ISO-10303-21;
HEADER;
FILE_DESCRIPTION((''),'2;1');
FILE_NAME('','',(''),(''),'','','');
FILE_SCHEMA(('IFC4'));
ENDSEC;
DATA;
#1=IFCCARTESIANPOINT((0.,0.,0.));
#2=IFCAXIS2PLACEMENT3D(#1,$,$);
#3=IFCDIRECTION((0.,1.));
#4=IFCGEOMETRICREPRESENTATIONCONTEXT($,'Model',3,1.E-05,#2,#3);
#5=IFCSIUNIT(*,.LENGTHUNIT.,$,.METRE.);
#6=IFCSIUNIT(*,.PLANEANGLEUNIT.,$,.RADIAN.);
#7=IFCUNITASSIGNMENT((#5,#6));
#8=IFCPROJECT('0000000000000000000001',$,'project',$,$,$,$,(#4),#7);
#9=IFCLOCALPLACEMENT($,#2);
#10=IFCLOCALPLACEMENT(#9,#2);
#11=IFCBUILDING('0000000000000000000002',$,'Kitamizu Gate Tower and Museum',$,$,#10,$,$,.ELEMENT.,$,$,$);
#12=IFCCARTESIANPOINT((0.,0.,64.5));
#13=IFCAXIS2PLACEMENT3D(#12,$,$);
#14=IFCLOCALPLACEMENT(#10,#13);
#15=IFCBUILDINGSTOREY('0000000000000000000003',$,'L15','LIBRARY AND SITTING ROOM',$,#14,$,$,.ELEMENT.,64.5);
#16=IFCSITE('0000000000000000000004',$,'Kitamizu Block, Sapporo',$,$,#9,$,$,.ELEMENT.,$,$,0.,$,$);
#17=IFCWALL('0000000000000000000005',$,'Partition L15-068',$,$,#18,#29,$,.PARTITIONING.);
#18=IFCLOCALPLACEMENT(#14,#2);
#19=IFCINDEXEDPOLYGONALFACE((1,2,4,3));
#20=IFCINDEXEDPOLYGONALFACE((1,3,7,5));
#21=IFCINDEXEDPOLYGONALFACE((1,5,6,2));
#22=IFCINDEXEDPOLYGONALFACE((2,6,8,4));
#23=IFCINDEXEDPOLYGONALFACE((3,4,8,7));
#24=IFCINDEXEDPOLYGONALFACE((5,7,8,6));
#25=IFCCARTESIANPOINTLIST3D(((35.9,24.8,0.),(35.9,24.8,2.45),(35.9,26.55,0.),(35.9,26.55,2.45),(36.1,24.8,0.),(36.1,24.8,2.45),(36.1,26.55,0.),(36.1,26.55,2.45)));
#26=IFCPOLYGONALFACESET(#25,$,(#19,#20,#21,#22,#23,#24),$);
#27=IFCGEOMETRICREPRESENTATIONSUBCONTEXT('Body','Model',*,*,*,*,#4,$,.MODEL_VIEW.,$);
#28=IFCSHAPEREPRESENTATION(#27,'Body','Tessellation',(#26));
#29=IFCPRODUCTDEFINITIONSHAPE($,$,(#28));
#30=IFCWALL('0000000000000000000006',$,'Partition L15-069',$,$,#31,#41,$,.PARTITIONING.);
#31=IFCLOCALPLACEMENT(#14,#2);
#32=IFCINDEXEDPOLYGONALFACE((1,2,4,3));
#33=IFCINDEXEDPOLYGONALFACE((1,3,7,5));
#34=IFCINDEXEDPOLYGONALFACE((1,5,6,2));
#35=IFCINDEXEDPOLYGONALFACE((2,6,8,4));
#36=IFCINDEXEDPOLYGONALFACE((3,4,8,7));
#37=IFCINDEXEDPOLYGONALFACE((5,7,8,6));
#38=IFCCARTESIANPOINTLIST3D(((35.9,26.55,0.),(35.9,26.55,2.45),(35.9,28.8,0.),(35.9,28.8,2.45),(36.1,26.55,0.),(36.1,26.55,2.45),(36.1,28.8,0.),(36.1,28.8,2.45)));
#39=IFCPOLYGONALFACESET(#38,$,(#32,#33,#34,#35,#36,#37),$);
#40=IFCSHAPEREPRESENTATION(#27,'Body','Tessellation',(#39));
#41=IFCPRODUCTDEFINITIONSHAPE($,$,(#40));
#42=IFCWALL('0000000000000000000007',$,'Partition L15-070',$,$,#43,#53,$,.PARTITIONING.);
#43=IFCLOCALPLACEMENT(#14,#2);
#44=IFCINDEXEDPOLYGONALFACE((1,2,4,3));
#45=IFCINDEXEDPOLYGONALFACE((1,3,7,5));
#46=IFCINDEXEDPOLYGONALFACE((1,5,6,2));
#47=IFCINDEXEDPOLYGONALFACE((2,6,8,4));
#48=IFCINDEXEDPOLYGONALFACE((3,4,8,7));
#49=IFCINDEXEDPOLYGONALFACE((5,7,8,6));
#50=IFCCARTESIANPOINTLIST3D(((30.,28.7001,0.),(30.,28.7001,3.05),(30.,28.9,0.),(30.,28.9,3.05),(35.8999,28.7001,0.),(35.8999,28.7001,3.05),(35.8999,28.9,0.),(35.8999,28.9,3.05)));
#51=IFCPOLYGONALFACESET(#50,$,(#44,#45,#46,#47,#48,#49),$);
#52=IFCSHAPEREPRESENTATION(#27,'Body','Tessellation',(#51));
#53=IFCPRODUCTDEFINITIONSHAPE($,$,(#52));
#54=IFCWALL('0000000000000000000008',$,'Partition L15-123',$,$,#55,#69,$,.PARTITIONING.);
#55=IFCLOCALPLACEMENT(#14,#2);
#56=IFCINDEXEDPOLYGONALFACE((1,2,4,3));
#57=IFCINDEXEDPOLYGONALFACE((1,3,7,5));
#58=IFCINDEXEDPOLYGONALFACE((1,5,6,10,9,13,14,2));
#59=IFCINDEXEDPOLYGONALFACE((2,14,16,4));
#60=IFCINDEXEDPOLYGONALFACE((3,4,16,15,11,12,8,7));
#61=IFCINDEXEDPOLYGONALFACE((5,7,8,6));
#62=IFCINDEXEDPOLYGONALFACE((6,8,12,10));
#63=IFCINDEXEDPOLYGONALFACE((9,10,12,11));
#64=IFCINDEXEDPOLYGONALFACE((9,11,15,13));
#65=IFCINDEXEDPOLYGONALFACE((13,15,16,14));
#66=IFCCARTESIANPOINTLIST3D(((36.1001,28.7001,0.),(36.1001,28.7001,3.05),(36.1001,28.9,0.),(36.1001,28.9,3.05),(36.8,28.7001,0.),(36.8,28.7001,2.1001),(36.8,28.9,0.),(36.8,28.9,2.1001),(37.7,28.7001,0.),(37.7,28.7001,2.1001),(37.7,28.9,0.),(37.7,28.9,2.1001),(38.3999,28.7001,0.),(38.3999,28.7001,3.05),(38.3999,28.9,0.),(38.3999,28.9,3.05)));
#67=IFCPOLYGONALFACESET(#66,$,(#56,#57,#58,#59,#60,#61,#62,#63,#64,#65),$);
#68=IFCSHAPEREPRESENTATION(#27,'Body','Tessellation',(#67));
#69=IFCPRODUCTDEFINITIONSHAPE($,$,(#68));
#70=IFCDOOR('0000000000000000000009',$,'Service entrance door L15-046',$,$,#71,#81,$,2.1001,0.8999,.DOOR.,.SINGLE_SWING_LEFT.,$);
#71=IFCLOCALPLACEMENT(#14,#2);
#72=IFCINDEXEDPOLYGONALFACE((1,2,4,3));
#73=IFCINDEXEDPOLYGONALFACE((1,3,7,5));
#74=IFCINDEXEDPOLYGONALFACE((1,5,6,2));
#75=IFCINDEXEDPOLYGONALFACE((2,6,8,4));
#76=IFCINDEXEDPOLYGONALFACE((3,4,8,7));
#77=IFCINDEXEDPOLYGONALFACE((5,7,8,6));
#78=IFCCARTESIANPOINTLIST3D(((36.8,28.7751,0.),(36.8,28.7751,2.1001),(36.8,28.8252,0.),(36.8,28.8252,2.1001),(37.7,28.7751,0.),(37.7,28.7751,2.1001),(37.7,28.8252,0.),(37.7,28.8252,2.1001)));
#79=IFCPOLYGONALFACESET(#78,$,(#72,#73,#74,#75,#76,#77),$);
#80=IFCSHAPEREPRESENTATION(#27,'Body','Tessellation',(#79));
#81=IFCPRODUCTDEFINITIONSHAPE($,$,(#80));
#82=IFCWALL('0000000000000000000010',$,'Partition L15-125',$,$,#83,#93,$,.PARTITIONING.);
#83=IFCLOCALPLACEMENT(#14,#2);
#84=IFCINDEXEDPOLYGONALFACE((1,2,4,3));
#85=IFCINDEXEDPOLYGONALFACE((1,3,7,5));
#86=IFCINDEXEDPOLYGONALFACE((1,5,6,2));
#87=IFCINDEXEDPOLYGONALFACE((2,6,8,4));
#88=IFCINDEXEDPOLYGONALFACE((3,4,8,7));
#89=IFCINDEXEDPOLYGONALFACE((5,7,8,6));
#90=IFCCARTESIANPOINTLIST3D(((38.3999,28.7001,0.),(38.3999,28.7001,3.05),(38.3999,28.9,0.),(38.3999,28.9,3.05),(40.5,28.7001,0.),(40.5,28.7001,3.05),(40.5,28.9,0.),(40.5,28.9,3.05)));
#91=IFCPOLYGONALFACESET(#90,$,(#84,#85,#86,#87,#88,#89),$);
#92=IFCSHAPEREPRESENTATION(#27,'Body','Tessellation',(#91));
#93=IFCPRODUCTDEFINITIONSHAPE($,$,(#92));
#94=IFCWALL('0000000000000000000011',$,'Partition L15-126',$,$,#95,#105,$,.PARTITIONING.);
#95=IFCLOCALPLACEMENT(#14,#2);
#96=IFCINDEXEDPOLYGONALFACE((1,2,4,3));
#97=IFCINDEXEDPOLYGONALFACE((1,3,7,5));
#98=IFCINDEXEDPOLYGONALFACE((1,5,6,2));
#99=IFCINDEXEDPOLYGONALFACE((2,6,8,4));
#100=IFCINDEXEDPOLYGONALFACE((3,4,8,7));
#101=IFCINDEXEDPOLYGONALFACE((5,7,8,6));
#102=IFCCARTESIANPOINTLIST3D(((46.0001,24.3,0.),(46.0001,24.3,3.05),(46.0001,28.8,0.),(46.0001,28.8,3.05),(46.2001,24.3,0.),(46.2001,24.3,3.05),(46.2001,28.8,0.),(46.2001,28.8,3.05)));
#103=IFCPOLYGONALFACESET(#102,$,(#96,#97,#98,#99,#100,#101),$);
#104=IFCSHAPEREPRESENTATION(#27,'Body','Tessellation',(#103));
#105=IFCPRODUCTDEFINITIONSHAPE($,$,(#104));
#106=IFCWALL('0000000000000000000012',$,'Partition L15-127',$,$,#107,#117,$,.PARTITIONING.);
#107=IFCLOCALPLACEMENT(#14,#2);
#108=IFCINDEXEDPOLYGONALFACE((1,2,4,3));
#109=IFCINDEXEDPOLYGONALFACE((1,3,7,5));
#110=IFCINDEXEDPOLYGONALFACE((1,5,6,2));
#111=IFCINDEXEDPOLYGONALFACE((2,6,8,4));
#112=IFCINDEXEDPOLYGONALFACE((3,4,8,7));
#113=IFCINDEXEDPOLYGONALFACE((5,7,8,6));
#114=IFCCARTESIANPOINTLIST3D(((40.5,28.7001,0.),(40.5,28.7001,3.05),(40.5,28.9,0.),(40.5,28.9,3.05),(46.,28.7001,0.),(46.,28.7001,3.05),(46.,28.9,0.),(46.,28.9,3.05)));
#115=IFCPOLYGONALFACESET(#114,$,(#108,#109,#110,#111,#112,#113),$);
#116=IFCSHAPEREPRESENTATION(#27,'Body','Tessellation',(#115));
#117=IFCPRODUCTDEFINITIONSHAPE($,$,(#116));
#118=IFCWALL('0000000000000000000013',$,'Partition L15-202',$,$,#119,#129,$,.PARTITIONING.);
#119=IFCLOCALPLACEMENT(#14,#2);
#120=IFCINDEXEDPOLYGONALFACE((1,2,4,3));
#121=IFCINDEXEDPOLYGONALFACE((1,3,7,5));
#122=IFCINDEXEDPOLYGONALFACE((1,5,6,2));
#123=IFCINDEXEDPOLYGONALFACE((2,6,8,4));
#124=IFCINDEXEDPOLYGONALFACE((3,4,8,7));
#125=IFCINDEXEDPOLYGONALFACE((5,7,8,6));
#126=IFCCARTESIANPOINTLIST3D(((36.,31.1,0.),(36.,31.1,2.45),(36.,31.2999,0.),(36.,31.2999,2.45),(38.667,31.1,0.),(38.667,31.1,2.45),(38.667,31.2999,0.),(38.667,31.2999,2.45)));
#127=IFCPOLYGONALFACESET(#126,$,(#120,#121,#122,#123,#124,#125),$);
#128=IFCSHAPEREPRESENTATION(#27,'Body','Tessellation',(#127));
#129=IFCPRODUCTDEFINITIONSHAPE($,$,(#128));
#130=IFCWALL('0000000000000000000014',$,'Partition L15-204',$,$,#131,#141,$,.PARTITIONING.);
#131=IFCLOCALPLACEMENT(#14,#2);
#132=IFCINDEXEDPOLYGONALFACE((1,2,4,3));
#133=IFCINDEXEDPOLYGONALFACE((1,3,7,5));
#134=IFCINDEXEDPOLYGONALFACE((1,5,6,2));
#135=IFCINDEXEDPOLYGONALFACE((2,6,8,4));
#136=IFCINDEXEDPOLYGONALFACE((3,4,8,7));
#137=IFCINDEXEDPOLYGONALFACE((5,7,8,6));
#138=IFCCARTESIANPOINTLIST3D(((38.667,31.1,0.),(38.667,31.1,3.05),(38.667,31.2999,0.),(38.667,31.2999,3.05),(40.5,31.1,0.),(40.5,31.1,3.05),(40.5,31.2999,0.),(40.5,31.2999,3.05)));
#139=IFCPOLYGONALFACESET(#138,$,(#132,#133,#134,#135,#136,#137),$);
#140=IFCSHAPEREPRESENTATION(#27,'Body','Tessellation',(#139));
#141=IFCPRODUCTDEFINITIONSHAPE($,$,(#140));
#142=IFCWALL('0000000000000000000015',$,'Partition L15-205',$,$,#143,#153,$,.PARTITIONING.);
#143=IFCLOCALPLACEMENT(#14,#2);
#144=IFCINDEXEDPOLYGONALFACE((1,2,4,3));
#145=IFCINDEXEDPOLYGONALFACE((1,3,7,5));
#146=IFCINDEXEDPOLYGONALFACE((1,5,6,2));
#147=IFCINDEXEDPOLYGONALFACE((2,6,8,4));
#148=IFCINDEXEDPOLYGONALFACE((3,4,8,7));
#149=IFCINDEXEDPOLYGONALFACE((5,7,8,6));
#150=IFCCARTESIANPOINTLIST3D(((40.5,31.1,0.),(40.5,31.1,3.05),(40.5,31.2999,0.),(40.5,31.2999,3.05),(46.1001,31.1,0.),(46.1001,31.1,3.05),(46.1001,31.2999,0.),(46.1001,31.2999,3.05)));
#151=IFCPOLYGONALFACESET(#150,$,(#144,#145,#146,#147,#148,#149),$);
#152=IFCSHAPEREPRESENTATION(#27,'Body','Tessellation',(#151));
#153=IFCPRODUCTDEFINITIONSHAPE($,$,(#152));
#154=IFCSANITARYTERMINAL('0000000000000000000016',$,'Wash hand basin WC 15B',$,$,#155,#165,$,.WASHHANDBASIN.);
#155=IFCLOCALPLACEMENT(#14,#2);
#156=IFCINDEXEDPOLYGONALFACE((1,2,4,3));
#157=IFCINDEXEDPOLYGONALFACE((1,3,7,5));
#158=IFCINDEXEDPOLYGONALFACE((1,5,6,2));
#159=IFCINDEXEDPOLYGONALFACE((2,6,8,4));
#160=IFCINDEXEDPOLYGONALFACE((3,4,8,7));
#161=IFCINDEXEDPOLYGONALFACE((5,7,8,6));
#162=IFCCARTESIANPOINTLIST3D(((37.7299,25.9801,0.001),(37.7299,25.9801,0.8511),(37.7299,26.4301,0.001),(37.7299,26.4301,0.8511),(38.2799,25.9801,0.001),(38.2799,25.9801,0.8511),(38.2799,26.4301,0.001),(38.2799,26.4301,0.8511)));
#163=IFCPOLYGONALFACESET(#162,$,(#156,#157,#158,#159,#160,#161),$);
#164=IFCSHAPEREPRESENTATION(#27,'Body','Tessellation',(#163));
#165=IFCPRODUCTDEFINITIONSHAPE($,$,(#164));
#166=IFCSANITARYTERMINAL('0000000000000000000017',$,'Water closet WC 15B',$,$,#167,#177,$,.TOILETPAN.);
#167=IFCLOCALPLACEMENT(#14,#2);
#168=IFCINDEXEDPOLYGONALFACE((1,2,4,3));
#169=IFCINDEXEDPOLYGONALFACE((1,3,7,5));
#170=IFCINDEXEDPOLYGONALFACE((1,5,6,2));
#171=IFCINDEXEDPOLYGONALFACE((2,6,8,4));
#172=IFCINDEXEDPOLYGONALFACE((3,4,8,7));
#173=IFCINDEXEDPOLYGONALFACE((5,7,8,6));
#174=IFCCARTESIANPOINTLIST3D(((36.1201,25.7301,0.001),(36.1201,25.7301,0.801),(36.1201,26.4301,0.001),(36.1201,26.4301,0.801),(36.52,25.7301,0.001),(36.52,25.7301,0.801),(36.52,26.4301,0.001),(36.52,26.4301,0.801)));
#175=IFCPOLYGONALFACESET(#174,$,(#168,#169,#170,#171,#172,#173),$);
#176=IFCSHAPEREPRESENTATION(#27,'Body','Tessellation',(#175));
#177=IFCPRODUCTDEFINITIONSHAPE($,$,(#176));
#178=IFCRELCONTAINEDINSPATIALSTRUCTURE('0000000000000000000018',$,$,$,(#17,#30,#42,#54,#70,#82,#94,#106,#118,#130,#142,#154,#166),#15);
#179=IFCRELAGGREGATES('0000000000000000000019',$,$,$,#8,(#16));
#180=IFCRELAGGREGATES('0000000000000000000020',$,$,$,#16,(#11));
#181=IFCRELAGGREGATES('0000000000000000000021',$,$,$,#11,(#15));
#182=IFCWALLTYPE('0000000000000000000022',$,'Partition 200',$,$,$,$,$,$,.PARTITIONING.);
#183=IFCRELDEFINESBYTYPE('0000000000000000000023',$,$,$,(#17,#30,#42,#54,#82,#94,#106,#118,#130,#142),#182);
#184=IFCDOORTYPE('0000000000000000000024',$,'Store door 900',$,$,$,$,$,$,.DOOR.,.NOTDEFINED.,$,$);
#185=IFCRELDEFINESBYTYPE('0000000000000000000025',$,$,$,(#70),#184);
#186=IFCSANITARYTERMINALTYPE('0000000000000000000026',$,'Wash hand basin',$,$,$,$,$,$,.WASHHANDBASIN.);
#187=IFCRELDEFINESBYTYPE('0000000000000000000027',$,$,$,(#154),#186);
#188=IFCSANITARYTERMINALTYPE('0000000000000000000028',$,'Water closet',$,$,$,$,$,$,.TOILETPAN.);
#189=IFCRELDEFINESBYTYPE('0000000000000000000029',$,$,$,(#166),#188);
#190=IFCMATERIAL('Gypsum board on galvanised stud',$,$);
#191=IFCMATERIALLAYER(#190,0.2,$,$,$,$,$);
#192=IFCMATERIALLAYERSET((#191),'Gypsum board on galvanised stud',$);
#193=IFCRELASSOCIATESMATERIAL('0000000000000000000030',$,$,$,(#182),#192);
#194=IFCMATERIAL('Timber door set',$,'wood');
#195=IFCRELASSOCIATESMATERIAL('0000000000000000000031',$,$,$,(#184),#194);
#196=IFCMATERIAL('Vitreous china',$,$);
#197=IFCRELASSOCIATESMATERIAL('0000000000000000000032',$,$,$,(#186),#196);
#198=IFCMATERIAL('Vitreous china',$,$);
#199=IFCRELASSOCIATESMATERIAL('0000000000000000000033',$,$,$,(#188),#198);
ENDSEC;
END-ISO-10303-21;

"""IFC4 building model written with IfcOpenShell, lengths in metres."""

from ifc_helpers import new_model, si_unit, direction, frame, frame_2d, origin, origin_2d, place, context, subcontext, project, spatial, rectangle, extrude, material, layer, layer_set, type_object, element, fill, save


model = new_model("IFC4")

# Units and contexts
model_context = context("Model", 3, precision=1e-05, world=origin(), true_north=direction((0.0, 1.0)))
body_context = subcontext(model_context, "Body", "Model", "MODEL_VIEW")
ifc_project = project(units=[si_unit("LENGTHUNIT", "METRE"), si_unit("PLANEANGLEUNIT", "RADIAN")], contexts=[model_context])

# Site, building, storey
site_placement = place(None, origin())
site = spatial("IfcSite", under=ifc_project, at=site_placement, Name="Kitamizu Block, Sapporo", CompositionType="ELEMENT", RefElevation=0.0)
building_placement = place(site_placement, origin())
building = spatial("IfcBuilding", under=site, at=building_placement, Name="Kitamizu Gate Tower and Museum", CompositionType="ELEMENT")
storey_placement = place(building_placement, frame((0.0, 0.0, 64.5)))
storey = spatial("IfcBuildingStorey", under=building, at=storey_placement, Name="L15", Description="LIBRARY AND SITTING ROOM", CompositionType="ELEMENT", Elevation=64.5)

# Walls
ifc_material_1 = material(Name="Gypsum board on galvanised stud")
ifc_layer_1 = layer(ifc_material_1, 0.2)
ifc_layer_set_1 = layer_set([ifc_layer_1], Name="Gypsum board on galvanised stud")
wall_type_1 = type_object("IfcWallType", Name="Partition 200", PredefinedType="PARTITIONING", material=ifc_layer_set_1)
wall_1_placement = place(storey_placement, frame((36.0, 24.8, 0.0), z_axis=(0.0, 0.0, 1.0), x_axis=(0.0, 1.0, 0.0)))
element("IfcWall", 1, at=wall_1_placement, inside=storey, type_object=wall_type_1, Name="Partition L15-068", PredefinedType="PARTITIONING", context=body_context, shape_type="SweptSolid", body=[
    extrude(rectangle(XDim=1.75, YDim=0.2, at=frame_2d((0.875, 0.0))), origin(), (0.0, 0.0, 1.0), 2.45),
])
wall_2_placement = place(storey_placement, frame((36.0, 26.55, 0.0), z_axis=(0.0, 0.0, 1.0), x_axis=(0.0, 1.0, 0.0)))
element("IfcWall", 2, at=wall_2_placement, inside=storey, type_object=wall_type_1, Name="Partition L15-069", PredefinedType="PARTITIONING", context=body_context, shape_type="SweptSolid", body=[
    extrude(rectangle(XDim=2.25, YDim=0.2, at=frame_2d((1.125, 0.0))), origin(), (0.0, 0.0, 1.0), 2.45),
])
wall_3_placement = place(storey_placement, frame((35.8999, 28.8, 0.0), z_axis=(0.0, 0.0, 1.0), x_axis=(-1.0, 0.0, 0.0)))
element("IfcWall", 3, at=wall_3_placement, inside=storey, type_object=wall_type_1, Name="Partition L15-070", PredefinedType="PARTITIONING", context=body_context, shape_type="SweptSolid", body=[
    extrude(rectangle(XDim=5.8999, YDim=0.2, at=frame_2d((2.95, 0.0))), origin(), (0.0, 0.0, 1.0), 3.05),
])

# Wall, opening, door
wall_4_placement = place(storey_placement, frame((38.3999, 28.8, 0.0), z_axis=(0.0, 0.0, 1.0), x_axis=(-1.0, 0.0, 0.0)))
wall_4 = element("IfcWall", 4, at=wall_4_placement, inside=storey, type_object=wall_type_1, Name="Partition L15-123", PredefinedType="PARTITIONING", context=body_context, shape_type="SweptSolid", body=[
    extrude(rectangle(XDim=2.2998, YDim=0.2, at=frame_2d((1.1499, 0.0))), origin(), (0.0, 0.0, 1.0), 3.05),
])
opening_1_placement = place(wall_4_placement, frame((0.7, 0.0, 0.0)))
opening_1 = element("IfcOpeningElement", 5, at=opening_1_placement, cuts=wall_4, PredefinedType="OPENING", context=body_context, shape_type="SweptSolid", body=[
    extrude(rectangle(XDim=0.8999, YDim=2.1001, at=frame_2d((0.45, 1.05))), frame((0.0, 0.1099, 0.0), z_axis=(0.0, -1.0, 0.0), x_axis=(1.0, 0.0, 0.0)), (0.0, 0.0, 1.0), 0.22),
])
ifc_material_2 = material(Name="Timber door set", Category="wood")
door_type_1 = type_object("IfcDoorType", Name="Store door 900", OperationType="NOTDEFINED", PredefinedType="DOOR", material=ifc_material_2)
door_1_placement = place(opening_1_placement, origin())
door_1 = element("IfcDoor", 6, at=door_1_placement, inside=storey, type_object=door_type_1, Name="Service entrance door L15-046", OperationType="SINGLE_SWING_LEFT", OverallHeight=2.1001, OverallWidth=0.8999, PredefinedType="DOOR", context=body_context, shape_type="SweptSolid", body=[
    extrude(rectangle(XDim=0.8999, YDim=2.1001, at=frame_2d((0.45, 1.05))), frame((0.0, 0.0249, 0.0), z_axis=(0.0, -1.0, 0.0), x_axis=(1.0, 0.0, 0.0)), (0.0, 0.0, 1.0), 0.05),
])
fill(opening_1, door_1)

# Walls
wall_5_placement = place(storey_placement, frame((40.5, 28.8, 0.0), z_axis=(0.0, 0.0, 1.0), x_axis=(-1.0, 0.0, 0.0)))
element("IfcWall", 7, at=wall_5_placement, inside=storey, type_object=wall_type_1, Name="Partition L15-125", PredefinedType="PARTITIONING", context=body_context, shape_type="SweptSolid", body=[
    extrude(rectangle(XDim=2.1001, YDim=0.2, at=frame_2d((1.05, 0.0))), origin(), (0.0, 0.0, 1.0), 3.05),
])
wall_6_placement = place(storey_placement, frame((46.1001, 24.3, 0.0), z_axis=(0.0, 0.0, 1.0), x_axis=(0.0, 1.0, 0.0)))
element("IfcWall", 8, at=wall_6_placement, inside=storey, type_object=wall_type_1, Name="Partition L15-126", PredefinedType="PARTITIONING", context=body_context, shape_type="SweptSolid", body=[
    extrude(rectangle(XDim=4.5, YDim=0.2, at=frame_2d((2.25, 0.0))), origin(), (0.0, 0.0, 1.0), 3.05),
])
wall_7_placement = place(storey_placement, frame((46.0, 28.8, 0.0), z_axis=(0.0, 0.0, 1.0), x_axis=(-1.0, 0.0, 0.0)))
element("IfcWall", 9, at=wall_7_placement, inside=storey, type_object=wall_type_1, Name="Partition L15-127", PredefinedType="PARTITIONING", context=body_context, shape_type="SweptSolid", body=[
    extrude(rectangle(XDim=5.5, YDim=0.2, at=frame_2d((2.75, 0.0))), origin(), (0.0, 0.0, 1.0), 3.05),
])
wall_8_placement = place(storey_placement, frame((36.0, 31.2, 0.0), z_axis=(0.0, 0.0, 1.0), x_axis=(1.0, 0.0, 0.0)))
element("IfcWall", 10, at=wall_8_placement, inside=storey, type_object=wall_type_1, Name="Partition L15-202", PredefinedType="PARTITIONING", context=body_context, shape_type="SweptSolid", body=[
    extrude(rectangle(XDim=2.667, YDim=0.2, at=frame_2d((1.3335, 0.0))), origin(), (0.0, 0.0, 1.0), 2.45),
])
wall_9_placement = place(storey_placement, frame((38.667, 31.2, 0.0), z_axis=(0.0, 0.0, 1.0), x_axis=(1.0, 0.0, 0.0)))
element("IfcWall", 11, at=wall_9_placement, inside=storey, type_object=wall_type_1, Name="Partition L15-204", PredefinedType="PARTITIONING", context=body_context, shape_type="SweptSolid", body=[
    extrude(rectangle(XDim=1.833, YDim=0.2, at=frame_2d((0.9165, 0.0))), origin(), (0.0, 0.0, 1.0), 3.05),
])
wall_10_placement = place(storey_placement, frame((40.5, 31.2, 0.0), z_axis=(0.0, 0.0, 1.0), x_axis=(1.0, 0.0, 0.0)))
element("IfcWall", 12, at=wall_10_placement, inside=storey, type_object=wall_type_1, Name="Partition L15-205", PredefinedType="PARTITIONING", context=body_context, shape_type="SweptSolid", body=[
    extrude(rectangle(XDim=5.6001, YDim=0.2, at=frame_2d((2.8, 0.0))), origin(), (0.0, 0.0, 1.0), 3.05),
])

# Sanitary terminals
ifc_material_3 = material(Name="Vitreous china")
sanitary_terminal_type_1 = type_object("IfcSanitaryTerminalType", Name="Wash hand basin", PredefinedType="WASHHANDBASIN", material=ifc_material_3)
sanitary_terminal_1_placement = place(storey_placement, frame((38.0049, 26.2051, 0.001), z_axis=(0.0, 0.0, 1.0), x_axis=(1.0, 0.0, 0.0)))
element("IfcSanitaryTerminal", 13, at=sanitary_terminal_1_placement, inside=storey, type_object=sanitary_terminal_type_1, Name="Wash hand basin WC 15B", PredefinedType="WASHHANDBASIN", context=body_context, shape_type="SweptSolid", body=[
    extrude(rectangle(XDim=0.55, YDim=0.45, at=origin_2d()), origin(), (0.0, 0.0, 1.0), 0.8501),
])
ifc_material_4 = material(Name="Vitreous china")
sanitary_terminal_type_2 = type_object("IfcSanitaryTerminalType", Name="Water closet", PredefinedType="TOILETPAN", material=ifc_material_4)
sanitary_terminal_2_placement = place(storey_placement, frame((36.3201, 26.0801, 0.001), z_axis=(0.0, 0.0, 1.0), x_axis=(1.0, 0.0, 0.0)))
element("IfcSanitaryTerminal", 14, at=sanitary_terminal_2_placement, inside=storey, type_object=sanitary_terminal_type_2, Name="Water closet WC 15B", PredefinedType="TOILETPAN", context=body_context, shape_type="SweptSolid", body=[
    extrude(rectangle(XDim=0.3999, YDim=0.7, at=origin_2d()), origin(), (0.0, 0.0, 1.0), 0.8),
])

save(model, "model.ifc")
